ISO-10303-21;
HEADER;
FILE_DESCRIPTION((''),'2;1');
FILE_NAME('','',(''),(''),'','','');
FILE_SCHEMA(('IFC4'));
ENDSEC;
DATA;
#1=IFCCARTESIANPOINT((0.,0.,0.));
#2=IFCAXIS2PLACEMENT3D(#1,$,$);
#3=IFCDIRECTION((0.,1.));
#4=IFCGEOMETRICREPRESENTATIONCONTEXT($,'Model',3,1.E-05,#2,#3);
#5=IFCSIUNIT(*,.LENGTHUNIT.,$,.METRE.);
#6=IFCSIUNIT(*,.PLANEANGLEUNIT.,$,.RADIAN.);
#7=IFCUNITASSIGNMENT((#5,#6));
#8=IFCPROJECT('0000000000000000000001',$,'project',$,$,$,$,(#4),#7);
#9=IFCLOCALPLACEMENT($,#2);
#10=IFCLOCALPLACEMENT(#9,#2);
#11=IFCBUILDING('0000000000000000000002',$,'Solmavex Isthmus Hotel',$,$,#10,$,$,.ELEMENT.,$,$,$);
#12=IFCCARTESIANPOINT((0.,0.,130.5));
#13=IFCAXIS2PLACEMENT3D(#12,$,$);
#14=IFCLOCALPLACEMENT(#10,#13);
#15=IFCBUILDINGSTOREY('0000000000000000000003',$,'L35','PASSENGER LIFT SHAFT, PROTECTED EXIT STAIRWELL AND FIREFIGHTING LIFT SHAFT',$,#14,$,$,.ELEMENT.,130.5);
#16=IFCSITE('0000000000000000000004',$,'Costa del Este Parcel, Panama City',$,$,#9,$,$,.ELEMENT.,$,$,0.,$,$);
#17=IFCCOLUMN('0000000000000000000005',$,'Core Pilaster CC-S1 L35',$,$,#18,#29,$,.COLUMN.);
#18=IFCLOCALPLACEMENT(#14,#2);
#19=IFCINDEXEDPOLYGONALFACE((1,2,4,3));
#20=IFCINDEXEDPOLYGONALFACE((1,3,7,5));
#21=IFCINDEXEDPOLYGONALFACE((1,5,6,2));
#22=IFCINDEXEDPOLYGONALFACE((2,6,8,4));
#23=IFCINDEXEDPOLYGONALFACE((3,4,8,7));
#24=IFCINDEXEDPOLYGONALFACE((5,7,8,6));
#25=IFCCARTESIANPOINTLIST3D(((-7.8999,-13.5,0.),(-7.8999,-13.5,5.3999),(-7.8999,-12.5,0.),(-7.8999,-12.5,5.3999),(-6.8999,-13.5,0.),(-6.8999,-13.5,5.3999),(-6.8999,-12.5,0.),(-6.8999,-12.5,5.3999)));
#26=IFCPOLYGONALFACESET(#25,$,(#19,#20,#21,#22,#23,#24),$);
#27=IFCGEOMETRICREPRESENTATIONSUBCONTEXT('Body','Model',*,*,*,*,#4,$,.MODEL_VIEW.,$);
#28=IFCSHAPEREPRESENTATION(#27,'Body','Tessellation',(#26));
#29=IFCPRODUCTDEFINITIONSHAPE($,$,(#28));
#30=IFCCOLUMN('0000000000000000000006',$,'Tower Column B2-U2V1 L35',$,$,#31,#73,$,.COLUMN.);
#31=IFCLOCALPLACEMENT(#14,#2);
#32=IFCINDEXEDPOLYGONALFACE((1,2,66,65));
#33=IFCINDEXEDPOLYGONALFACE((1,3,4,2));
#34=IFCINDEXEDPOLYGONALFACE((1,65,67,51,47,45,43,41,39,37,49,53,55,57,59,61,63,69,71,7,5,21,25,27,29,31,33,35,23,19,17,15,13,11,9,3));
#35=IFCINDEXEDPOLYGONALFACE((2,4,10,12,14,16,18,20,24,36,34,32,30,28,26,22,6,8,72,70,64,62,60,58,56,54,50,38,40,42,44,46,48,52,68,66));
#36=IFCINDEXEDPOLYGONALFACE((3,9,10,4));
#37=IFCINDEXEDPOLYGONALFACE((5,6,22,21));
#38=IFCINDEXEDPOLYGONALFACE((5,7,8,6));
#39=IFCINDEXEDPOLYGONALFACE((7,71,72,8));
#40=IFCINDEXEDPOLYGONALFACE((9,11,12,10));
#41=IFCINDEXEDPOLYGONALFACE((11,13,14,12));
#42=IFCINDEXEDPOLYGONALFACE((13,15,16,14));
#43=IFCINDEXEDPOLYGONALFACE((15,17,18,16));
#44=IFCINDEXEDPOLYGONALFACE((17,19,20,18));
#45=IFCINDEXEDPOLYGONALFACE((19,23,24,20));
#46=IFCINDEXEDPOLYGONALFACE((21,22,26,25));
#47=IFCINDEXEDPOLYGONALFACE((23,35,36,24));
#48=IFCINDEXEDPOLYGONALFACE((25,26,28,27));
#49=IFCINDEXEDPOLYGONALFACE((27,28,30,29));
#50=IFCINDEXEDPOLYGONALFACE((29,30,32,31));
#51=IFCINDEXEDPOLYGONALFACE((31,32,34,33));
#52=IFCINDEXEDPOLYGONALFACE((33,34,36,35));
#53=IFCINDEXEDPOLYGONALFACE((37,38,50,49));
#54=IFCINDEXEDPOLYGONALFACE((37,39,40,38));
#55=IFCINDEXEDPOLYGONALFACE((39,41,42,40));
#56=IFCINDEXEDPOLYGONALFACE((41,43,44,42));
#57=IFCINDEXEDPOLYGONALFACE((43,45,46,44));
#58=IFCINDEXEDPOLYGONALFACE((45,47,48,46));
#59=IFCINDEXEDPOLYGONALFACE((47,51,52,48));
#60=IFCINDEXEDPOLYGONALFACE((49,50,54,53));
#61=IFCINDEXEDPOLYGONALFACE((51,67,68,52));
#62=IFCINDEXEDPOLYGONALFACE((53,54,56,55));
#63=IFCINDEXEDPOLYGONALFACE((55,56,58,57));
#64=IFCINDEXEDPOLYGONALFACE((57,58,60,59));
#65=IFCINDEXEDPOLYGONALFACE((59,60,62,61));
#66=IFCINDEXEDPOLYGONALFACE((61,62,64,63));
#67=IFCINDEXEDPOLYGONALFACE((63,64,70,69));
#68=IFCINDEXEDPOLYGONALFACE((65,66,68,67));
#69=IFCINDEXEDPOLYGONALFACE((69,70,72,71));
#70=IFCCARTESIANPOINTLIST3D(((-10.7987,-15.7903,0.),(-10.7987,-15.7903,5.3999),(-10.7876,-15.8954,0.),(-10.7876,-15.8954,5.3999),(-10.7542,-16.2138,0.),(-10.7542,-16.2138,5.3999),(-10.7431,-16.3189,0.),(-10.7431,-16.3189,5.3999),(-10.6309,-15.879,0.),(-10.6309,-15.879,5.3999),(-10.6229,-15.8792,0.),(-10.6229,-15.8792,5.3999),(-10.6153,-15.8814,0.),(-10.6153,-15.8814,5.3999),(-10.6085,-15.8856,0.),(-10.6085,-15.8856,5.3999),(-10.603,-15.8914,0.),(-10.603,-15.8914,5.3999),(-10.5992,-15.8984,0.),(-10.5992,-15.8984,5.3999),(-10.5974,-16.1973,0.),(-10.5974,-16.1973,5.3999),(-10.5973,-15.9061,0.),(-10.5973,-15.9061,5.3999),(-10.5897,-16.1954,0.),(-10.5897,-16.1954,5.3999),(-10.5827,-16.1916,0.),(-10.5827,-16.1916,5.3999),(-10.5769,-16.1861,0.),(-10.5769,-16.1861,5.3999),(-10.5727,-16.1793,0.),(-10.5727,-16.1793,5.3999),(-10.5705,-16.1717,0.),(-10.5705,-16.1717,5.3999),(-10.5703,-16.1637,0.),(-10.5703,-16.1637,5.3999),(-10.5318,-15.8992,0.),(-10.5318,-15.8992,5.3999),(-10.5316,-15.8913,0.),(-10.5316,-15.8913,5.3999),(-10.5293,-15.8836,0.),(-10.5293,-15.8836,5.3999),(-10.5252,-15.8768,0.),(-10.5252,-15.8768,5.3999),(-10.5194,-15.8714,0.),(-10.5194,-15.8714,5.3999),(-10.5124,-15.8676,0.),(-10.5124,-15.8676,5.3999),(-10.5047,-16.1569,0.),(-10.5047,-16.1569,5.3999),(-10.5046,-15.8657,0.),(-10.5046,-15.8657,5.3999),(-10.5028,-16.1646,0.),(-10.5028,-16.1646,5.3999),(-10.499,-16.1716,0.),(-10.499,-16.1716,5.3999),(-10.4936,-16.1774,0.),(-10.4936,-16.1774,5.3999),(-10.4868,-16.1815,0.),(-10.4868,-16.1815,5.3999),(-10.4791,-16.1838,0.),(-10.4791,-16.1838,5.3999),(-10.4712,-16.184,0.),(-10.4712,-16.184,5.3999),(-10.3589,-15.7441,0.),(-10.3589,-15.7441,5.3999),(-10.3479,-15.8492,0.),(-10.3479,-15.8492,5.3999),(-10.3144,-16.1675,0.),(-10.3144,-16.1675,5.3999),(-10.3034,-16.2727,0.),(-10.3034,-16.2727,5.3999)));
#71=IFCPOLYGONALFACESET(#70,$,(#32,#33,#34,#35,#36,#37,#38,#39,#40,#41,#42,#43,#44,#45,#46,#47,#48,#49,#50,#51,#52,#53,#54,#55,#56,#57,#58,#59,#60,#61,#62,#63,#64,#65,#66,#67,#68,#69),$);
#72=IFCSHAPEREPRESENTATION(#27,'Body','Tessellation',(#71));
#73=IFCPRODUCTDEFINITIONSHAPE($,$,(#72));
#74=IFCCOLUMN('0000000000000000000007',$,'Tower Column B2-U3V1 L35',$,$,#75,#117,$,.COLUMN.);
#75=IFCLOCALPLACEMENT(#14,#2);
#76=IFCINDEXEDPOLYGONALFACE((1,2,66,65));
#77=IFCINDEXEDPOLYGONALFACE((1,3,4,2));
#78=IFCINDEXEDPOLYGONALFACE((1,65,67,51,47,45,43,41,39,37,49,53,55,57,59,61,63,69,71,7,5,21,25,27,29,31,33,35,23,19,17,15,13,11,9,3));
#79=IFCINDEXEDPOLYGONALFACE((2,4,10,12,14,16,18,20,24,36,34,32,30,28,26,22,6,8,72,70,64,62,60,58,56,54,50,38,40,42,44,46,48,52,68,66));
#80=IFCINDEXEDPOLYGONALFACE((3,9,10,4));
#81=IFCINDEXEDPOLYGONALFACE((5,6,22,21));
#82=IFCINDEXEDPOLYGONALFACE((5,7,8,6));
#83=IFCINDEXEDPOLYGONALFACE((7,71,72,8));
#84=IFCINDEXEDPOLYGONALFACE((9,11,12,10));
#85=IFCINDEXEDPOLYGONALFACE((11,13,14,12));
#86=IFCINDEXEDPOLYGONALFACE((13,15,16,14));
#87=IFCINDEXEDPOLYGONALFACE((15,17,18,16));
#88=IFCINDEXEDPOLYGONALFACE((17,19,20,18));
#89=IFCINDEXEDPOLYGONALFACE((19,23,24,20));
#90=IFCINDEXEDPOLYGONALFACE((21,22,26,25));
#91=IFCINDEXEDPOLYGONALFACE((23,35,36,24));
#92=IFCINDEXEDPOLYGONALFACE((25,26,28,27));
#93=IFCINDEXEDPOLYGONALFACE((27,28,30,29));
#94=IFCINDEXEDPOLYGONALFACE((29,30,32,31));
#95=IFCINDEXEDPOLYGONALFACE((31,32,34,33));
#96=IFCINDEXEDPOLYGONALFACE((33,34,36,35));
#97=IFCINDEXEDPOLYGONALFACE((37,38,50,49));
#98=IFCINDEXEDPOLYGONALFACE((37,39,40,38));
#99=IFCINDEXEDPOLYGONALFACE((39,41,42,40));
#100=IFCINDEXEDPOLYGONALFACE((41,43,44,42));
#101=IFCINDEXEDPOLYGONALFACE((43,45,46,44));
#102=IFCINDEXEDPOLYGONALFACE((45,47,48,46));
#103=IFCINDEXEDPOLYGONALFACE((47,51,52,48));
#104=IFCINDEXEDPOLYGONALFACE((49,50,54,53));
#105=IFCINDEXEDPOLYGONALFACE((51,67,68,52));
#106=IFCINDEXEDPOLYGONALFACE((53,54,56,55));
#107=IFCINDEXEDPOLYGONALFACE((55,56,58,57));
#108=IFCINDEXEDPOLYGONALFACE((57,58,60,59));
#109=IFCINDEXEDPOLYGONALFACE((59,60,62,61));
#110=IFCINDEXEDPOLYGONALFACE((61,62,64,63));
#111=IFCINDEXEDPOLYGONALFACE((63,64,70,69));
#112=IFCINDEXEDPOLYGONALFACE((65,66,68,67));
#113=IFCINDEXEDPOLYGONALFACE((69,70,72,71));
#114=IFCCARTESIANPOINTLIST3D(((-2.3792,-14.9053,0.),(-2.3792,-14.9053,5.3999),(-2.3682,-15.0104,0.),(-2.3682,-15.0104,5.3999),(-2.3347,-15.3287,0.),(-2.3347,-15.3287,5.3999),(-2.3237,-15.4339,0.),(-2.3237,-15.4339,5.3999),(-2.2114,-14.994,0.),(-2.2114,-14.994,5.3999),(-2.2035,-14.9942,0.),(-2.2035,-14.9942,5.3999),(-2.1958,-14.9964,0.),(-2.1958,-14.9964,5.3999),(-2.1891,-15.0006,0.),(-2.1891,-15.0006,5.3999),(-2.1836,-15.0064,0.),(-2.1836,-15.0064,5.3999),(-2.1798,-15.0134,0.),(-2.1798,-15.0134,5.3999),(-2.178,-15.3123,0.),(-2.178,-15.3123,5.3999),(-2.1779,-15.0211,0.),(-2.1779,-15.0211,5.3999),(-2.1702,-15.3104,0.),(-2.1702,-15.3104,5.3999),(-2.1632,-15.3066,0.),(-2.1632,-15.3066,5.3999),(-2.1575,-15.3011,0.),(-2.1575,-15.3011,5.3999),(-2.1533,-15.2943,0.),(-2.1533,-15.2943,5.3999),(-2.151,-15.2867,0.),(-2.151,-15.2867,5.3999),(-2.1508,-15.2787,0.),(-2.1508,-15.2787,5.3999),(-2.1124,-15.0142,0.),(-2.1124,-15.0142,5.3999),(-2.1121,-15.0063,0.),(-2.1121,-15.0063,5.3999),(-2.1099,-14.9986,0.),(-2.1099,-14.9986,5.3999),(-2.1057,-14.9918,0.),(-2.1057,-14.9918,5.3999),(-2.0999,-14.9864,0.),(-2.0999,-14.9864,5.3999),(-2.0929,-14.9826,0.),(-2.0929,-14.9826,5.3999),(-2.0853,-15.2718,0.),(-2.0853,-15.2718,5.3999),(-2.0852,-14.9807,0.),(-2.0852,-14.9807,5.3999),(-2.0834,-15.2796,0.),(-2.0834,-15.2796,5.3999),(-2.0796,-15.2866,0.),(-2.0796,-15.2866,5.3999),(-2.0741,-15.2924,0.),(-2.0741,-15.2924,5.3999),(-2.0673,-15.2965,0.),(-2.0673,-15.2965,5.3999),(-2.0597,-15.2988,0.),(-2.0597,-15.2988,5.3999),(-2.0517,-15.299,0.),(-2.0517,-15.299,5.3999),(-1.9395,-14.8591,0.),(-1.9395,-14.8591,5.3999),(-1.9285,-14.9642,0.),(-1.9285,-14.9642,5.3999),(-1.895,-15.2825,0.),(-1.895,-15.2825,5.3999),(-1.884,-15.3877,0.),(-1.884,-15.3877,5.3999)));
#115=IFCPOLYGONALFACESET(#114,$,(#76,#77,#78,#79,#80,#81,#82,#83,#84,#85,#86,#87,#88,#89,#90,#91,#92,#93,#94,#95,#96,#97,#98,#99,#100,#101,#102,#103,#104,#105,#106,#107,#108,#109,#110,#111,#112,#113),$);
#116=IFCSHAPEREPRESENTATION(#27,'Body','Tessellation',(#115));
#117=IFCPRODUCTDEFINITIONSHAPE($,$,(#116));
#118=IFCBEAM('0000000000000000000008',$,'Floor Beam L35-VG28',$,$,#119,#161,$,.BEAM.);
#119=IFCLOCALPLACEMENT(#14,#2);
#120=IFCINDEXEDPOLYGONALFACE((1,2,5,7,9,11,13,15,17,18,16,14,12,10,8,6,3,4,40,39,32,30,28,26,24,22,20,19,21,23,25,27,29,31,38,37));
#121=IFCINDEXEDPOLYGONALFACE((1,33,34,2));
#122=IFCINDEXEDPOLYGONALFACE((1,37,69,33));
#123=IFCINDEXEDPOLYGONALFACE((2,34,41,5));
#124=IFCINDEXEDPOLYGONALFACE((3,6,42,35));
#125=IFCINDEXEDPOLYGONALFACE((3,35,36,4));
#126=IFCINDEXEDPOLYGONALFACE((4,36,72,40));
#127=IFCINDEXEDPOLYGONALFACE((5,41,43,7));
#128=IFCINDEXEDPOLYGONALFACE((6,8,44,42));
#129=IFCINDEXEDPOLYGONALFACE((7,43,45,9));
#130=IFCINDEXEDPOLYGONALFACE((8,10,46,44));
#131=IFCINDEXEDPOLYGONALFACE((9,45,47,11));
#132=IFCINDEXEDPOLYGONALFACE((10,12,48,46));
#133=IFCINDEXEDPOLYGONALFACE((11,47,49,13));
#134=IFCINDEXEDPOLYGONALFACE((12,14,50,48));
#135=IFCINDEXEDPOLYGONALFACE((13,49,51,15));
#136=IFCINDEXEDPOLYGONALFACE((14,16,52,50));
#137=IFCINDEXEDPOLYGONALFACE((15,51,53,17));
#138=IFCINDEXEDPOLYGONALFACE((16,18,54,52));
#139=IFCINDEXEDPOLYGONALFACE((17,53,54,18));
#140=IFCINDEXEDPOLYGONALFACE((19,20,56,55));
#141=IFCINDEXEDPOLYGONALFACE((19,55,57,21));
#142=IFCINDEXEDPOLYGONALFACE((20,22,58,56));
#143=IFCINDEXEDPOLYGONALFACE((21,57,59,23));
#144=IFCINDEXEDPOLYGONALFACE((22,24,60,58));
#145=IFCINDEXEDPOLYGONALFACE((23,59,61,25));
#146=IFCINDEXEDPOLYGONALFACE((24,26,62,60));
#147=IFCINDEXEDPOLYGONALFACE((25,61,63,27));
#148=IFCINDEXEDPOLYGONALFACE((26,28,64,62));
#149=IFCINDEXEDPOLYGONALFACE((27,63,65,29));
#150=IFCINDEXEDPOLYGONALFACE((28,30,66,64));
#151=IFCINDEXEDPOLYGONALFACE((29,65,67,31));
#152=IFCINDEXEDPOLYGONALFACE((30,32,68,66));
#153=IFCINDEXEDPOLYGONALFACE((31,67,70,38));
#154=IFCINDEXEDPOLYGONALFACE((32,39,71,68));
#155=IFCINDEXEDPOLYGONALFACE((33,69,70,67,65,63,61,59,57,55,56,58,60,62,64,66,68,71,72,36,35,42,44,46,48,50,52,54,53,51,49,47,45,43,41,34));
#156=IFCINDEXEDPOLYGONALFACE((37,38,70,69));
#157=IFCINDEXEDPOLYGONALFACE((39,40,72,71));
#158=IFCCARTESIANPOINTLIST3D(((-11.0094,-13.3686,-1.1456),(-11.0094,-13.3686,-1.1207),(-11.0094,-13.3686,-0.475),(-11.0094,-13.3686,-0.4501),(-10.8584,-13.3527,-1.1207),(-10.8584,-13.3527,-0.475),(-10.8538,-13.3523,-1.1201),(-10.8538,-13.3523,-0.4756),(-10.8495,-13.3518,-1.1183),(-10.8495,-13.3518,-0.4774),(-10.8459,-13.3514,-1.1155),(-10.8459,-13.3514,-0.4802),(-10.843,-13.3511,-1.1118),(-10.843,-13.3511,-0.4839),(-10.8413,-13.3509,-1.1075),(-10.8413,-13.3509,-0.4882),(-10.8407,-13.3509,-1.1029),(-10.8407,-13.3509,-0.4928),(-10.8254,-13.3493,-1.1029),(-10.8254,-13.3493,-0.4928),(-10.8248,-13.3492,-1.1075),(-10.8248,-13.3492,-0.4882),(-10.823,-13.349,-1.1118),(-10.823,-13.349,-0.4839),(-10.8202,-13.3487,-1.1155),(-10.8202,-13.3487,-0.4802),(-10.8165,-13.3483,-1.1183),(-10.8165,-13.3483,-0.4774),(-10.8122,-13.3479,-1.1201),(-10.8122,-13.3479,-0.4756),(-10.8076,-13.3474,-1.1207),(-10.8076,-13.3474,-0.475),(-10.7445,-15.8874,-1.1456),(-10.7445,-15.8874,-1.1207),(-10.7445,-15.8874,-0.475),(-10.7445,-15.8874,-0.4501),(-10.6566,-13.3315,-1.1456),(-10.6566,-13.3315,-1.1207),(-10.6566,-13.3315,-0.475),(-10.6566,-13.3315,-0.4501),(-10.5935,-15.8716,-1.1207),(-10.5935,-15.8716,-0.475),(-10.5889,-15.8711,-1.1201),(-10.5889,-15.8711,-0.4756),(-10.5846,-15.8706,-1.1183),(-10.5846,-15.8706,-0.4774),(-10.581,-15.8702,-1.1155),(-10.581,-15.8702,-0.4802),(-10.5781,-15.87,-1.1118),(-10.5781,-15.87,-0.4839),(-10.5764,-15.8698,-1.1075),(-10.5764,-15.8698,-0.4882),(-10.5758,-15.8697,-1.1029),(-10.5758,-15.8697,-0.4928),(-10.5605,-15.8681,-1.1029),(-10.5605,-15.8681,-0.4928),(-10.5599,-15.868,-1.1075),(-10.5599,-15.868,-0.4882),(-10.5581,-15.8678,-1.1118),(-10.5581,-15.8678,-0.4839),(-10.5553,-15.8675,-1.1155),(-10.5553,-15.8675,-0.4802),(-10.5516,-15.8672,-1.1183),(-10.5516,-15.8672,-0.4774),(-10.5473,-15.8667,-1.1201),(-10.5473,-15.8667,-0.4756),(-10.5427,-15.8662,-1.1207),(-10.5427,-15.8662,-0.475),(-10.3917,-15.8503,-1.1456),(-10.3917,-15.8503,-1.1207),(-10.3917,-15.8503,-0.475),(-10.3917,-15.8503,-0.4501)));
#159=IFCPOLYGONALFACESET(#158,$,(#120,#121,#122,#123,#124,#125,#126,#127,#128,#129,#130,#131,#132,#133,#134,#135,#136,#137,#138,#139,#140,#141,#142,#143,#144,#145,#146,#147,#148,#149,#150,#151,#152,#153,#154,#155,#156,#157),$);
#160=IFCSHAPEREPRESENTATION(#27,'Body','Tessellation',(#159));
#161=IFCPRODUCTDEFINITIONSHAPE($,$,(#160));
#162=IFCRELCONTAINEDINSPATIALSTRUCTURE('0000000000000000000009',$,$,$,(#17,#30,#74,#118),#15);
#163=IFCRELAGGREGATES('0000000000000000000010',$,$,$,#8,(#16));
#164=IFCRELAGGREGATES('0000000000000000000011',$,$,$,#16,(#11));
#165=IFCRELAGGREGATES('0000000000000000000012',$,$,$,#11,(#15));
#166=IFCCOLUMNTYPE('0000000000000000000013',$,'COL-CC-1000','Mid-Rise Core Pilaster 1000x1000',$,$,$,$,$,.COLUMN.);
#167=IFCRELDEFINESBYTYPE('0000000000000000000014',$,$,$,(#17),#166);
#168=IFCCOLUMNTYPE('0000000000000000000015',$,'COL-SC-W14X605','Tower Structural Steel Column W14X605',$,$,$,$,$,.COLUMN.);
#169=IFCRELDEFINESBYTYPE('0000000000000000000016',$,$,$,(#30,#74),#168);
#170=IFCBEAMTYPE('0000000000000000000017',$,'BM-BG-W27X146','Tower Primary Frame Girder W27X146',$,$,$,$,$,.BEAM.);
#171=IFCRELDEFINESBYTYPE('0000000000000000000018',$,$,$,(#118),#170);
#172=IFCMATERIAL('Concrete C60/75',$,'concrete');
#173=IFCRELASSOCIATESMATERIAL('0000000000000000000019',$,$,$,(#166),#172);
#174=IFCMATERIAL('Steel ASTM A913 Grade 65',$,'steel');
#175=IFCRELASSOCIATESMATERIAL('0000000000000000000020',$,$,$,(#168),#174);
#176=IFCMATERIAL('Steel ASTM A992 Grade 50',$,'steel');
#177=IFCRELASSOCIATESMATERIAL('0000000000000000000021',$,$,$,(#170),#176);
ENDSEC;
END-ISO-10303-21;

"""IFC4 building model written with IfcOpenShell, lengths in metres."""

from ifc_helpers import new_model, si_unit, direction, frame, origin, origin_2d, place, context, subcontext, project, spatial, rectangle, i_section, extrude, material, material_profile, profile_set, type_object, element, save


model = new_model("IFC4")

# Units and contexts
model_context = context("Model", 3, precision=1e-05, world=origin(), true_north=direction((0.0, 1.0)))
body_context = subcontext(model_context, "Body", "Model", "MODEL_VIEW")
ifc_project = project(units=[si_unit("LENGTHUNIT", "METRE"), si_unit("PLANEANGLEUNIT", "RADIAN")], contexts=[model_context])

# Site, building, storey
site_placement = place(None, origin())
site = spatial("IfcSite", under=ifc_project, at=site_placement, Name="Costa del Este Parcel, Panama City", CompositionType="ELEMENT", RefElevation=0.0)
building_placement = place(site_placement, origin())
building = spatial("IfcBuilding", under=site, at=building_placement, Name="Solmavex Isthmus Hotel", CompositionType="ELEMENT")
storey_placement = place(building_placement, frame((0.0, 0.0, 130.5)))
storey = spatial("IfcBuildingStorey", under=building, at=storey_placement, Name="L35", Description="PASSENGER LIFT SHAFT, PROTECTED EXIT STAIRWELL AND FIREFIGHTING LIFT SHAFT", CompositionType="ELEMENT", Elevation=130.5)

# Columns
ifc_material_1 = material(Name="Concrete C60/75", Category="concrete")
ifc_material_profile_1 = material_profile(ifc_material_1, rectangle(XDim=1.0, YDim=1.0, at=origin_2d()), Name="RC1000X1000")
ifc_profile_set_1 = profile_set([ifc_material_profile_1], Name="Concrete C60/75")
column_type_1 = type_object("IfcColumnType", Name="COL-CC-1000", Description="Mid-Rise Core Pilaster 1000x1000", PredefinedType="COLUMN", material=ifc_profile_set_1)
column_placement = place(storey_placement, frame((-7.3999, -13.0, 0.0), z_axis=(0.0, 0.0, 1.0), x_axis=(1.0, 0.0, 0.0)))
element("IfcColumn", 1, at=column_placement, inside=storey, type_object=column_type_1, Name="Core Pilaster CC-S1 L35", PredefinedType="COLUMN", context=body_context, shape_type="SweptSolid", body=[
    extrude(rectangle(XDim=1.0, YDim=1.0, at=origin_2d()), origin(), (0.0, 0.0, 1.0), 5.3999),
])
ifc_material_2 = material(Name="Steel ASTM A913 Grade 65", Category="steel")
ifc_material_profile_2 = material_profile(ifc_material_2, i_section(OverallWidth=0.4421, OverallDepth=0.5315, WebThickness=0.0659, FlangeThickness=0.1057, FilletRadius=0.0305, at=origin_2d()), Name="W14X605")
ifc_profile_set_2 = profile_set([ifc_material_profile_2], Name="Steel ASTM A913 Grade 65")
column_type_2 = type_object("IfcColumnType", Name="COL-SC-W14X605", Description="Tower Structural Steel Column W14X605", PredefinedType="COLUMN", material=ifc_profile_set_2)
for number, where, z_axis, x_axis, name in (
    (2, (-10.551, -16.0315, 0.0), (0.0, 0.0, 1.0), (0.994522, 0.104528, 0.0), "Tower Column B2-U2V1 L35"),
    (3, (-2.1316, -15.1465, 0.0), (0.0, 0.0, 1.0), (0.994522, 0.104528, 0.0), "Tower Column B2-U3V1 L35"),
):
    element("IfcColumn", number, at=place(storey_placement, frame(where, z_axis=z_axis, x_axis=x_axis)), inside=storey, type_object=column_type_2, Name=name, PredefinedType="COLUMN", context=body_context, shape_type="SweptSolid", body=[
        extrude(i_section(OverallWidth=0.4421, OverallDepth=0.5315, WebThickness=0.0659, FlangeThickness=0.1057, FilletRadius=0.0305, at=origin_2d()), origin(), (0.0, 0.0, 1.0), 5.3999),
    ])

# Beam
ifc_material_3 = material(Name="Steel ASTM A992 Grade 50", Category="steel")
ifc_material_profile_3 = material_profile(ifc_material_3, i_section(OverallWidth=0.3547, OverallDepth=0.6956, WebThickness=0.0154, FlangeThickness=0.0249, FilletRadius=0.0178, at=origin_2d()), Name="W27X146")
ifc_profile_set_3 = profile_set([ifc_material_profile_3], Name="Steel ASTM A992 Grade 50")
beam_type_1 = type_object("IfcBeamType", Name="BM-BG-W27X146", Description="Tower Primary Frame Girder W27X146", PredefinedType="BEAM", material=ifc_profile_set_3)
beam_1_placement = place(storey_placement, frame((-10.5681, -15.8689, -0.7979), z_axis=(-0.104589, 0.994515, 0.0), x_axis=(-0.994515, -0.104589, 0.0)))
element("IfcBeam", 4, at=beam_1_placement, inside=storey, type_object=beam_type_1, Name="Floor Beam L35-VG28", PredefinedType="BEAM", context=body_context, shape_type="SweptSolid", body=[
    extrude(i_section(OverallWidth=0.3547, OverallDepth=0.6956, WebThickness=0.0154, FlangeThickness=0.0249, FilletRadius=0.0178, at=origin_2d()), origin(), (0.0, 0.0, 1.0), 2.5327),
])

save(model, "model.ifc")
